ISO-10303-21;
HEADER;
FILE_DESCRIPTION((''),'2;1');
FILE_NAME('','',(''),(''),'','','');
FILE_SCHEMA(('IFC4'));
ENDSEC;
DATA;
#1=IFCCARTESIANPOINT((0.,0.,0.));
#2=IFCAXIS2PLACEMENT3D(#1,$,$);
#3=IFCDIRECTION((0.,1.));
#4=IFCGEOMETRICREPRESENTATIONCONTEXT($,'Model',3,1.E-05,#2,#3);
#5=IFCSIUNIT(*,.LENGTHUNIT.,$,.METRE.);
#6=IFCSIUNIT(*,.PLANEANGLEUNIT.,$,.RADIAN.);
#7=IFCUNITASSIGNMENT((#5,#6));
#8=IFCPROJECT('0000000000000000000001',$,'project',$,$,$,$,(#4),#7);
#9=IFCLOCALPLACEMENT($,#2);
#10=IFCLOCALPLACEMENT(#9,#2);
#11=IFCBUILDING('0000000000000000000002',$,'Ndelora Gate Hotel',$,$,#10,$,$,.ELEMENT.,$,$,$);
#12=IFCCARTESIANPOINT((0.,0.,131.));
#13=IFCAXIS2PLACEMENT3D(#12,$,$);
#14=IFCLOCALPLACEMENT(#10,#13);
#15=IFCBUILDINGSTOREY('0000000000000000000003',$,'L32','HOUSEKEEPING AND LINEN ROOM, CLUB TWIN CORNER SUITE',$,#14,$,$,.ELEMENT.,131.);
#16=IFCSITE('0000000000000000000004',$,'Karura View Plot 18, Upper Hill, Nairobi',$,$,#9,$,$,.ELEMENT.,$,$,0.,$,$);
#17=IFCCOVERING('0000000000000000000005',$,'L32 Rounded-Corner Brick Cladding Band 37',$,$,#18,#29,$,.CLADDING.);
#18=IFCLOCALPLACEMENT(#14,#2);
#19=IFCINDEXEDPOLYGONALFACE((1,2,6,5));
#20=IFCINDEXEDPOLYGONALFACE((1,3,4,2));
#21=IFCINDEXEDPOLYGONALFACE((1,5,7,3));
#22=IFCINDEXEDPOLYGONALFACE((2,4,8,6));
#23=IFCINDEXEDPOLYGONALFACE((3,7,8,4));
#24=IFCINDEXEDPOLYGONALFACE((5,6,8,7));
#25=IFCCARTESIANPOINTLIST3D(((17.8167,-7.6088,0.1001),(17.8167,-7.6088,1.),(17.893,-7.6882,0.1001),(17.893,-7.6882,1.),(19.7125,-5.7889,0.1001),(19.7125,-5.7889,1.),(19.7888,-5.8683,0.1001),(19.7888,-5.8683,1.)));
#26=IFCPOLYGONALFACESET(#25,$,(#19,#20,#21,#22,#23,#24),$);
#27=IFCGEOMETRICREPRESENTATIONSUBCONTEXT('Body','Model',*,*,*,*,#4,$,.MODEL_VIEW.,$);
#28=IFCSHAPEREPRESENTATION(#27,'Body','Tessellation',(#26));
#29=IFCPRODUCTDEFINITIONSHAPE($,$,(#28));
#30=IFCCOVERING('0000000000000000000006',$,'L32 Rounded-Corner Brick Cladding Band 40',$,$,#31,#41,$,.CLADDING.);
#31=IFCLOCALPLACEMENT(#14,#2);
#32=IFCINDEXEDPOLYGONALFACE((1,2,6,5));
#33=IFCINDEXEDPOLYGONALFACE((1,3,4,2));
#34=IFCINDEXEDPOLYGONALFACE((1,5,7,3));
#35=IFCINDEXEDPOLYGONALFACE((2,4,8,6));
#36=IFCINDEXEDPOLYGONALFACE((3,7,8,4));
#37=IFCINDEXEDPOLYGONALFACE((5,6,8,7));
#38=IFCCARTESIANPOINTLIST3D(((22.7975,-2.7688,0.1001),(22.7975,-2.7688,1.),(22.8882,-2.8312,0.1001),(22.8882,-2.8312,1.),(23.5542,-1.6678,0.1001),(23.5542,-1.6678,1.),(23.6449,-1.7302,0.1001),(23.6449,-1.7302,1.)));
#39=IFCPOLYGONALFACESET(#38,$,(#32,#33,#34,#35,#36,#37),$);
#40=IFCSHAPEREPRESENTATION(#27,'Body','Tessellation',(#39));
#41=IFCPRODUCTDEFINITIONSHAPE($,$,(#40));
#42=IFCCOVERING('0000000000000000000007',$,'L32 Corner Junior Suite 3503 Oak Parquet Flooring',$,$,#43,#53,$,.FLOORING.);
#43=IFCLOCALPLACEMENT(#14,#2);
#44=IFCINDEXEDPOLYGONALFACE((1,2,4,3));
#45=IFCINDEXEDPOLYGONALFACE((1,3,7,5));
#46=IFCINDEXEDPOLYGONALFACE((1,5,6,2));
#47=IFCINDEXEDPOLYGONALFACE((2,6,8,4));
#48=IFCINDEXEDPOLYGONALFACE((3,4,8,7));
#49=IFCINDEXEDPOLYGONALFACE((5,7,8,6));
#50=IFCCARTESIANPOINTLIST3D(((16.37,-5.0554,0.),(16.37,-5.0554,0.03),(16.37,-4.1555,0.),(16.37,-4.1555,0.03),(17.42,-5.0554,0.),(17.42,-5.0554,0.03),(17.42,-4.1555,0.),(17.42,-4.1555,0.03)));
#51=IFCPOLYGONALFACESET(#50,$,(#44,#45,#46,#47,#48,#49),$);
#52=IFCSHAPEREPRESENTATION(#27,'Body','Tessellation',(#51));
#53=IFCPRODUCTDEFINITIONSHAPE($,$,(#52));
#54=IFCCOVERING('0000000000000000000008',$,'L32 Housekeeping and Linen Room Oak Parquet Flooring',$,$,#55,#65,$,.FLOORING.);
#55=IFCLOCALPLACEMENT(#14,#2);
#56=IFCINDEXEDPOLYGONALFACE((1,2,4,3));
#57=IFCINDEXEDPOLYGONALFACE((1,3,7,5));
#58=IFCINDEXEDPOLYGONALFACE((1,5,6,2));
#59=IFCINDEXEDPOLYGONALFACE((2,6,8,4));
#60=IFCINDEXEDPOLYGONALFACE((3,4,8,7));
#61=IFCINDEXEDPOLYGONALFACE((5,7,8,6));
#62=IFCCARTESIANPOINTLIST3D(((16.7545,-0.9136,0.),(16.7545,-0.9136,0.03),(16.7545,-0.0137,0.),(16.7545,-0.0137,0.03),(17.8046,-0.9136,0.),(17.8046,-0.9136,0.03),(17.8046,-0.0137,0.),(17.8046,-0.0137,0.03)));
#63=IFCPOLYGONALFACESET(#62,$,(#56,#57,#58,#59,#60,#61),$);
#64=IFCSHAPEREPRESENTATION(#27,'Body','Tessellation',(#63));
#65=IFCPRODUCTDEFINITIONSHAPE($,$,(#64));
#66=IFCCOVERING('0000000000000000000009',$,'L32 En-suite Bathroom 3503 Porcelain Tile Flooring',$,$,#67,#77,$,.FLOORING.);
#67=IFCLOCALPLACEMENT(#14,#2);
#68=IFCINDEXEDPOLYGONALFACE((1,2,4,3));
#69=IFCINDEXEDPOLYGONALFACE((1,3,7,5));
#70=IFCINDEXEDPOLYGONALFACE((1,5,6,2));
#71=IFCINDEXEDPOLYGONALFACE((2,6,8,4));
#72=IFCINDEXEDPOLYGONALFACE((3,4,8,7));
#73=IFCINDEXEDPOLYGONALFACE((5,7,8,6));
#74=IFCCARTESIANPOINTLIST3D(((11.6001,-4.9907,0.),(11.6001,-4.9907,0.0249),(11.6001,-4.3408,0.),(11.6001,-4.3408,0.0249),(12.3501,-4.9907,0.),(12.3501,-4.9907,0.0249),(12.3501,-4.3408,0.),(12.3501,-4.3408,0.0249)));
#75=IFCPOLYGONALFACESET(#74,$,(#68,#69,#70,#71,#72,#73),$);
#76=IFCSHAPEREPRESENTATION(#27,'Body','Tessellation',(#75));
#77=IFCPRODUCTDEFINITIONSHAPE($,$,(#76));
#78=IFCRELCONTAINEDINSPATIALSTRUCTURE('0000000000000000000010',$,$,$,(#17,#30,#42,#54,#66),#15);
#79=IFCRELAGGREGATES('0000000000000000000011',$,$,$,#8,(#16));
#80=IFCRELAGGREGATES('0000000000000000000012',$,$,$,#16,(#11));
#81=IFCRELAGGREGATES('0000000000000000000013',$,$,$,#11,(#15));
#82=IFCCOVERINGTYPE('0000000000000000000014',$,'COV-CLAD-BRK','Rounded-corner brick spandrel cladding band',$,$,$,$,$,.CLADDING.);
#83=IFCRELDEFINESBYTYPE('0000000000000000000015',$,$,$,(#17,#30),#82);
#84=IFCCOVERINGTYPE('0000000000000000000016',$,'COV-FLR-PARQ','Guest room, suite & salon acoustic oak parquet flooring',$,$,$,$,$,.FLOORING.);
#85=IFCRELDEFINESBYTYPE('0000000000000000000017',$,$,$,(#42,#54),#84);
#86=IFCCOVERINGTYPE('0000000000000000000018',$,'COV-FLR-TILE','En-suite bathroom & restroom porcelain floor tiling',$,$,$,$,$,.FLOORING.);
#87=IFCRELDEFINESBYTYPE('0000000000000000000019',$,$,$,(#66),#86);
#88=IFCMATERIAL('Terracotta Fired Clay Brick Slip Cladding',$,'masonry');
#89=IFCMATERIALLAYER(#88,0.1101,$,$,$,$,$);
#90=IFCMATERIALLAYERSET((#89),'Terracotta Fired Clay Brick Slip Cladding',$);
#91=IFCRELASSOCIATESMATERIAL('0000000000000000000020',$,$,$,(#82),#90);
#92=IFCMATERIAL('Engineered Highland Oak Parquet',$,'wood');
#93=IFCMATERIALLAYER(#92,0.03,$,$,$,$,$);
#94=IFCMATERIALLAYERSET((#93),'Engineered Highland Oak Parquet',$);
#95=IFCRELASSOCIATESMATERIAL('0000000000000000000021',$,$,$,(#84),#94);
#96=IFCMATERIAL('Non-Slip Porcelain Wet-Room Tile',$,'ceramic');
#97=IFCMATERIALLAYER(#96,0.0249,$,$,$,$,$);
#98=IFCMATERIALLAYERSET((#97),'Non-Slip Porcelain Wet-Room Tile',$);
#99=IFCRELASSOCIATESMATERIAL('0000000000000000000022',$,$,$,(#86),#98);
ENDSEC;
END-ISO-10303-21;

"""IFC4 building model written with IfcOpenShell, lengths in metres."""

from ifc_helpers import new_model, si_unit, direction, frame, origin, origin_2d, place, context, subcontext, project, spatial, rectangle, extrude, material, layer, layer_set, type_object, element, save


model = new_model("IFC4")

# Units and contexts
model_context = context("Model", 3, precision=1e-05, world=origin(), true_north=direction((0.0, 1.0)))
body_context = subcontext(model_context, "Body", "Model", "MODEL_VIEW")
ifc_project = project(units=[si_unit("LENGTHUNIT", "METRE"), si_unit("PLANEANGLEUNIT", "RADIAN")], contexts=[model_context])

# Site, building, storey
site_placement = place(None, origin())
site = spatial("IfcSite", under=ifc_project, at=site_placement, Name="Karura View Plot 18, Upper Hill, Nairobi", CompositionType="ELEMENT", RefElevation=0.0)
building_placement = place(site_placement, origin())
building = spatial("IfcBuilding", under=site, at=building_placement, Name="Ndelora Gate Hotel", CompositionType="ELEMENT")
storey_placement = place(building_placement, frame((0.0, 0.0, 131.0)))
storey = spatial("IfcBuildingStorey", under=building, at=storey_placement, Name="L32", Description="HOUSEKEEPING AND LINEN ROOM, CLUB TWIN CORNER SUITE", CompositionType="ELEMENT", Elevation=131.0)

# Coverings
ifc_material_1 = material(Name="Terracotta Fired Clay Brick Slip Cladding", Category="masonry")
ifc_layer_1 = layer(ifc_material_1, 0.1101)
ifc_layer_set_1 = layer_set([ifc_layer_1], Name="Terracotta Fired Clay Brick Slip Cladding")
covering_type_1 = type_object("IfcCoveringType", Name="COV-CLAD-BRK", Description="Rounded-corner brick spandrel cladding band", PredefinedType="CLADDING", material=ifc_layer_set_1)
covering_1_placement = place(storey_placement, frame((18.8027, -6.7385, 0.1001), z_axis=(0.0, 0.0, 1.0), x_axis=(0.721398, 0.692521, 0.0)))
element("IfcCovering", 1, at=covering_1_placement, inside=storey, type_object=covering_type_1, Name="L32 Rounded-Corner Brick Cladding Band 37", PredefinedType="CLADDING", context=body_context, shape_type="SweptSolid", body=[
    extrude(rectangle(XDim=2.6279, YDim=0.1101, at=origin_2d()), origin(), (0.0, 0.0, 1.0), 0.8999),
])
covering_2_placement = place(storey_placement, frame((23.2212, -2.2495, 0.1001), z_axis=(0.0, 0.0, 1.0), x_axis=(0.566406, 0.824126, 0.0)))
element("IfcCovering", 2, at=covering_2_placement, inside=storey, type_object=covering_type_1, Name="L32 Rounded-Corner Brick Cladding Band 40", PredefinedType="CLADDING", context=body_context, shape_type="SweptSolid", body=[
    extrude(rectangle(XDim=1.3359, YDim=0.1101, at=origin_2d()), origin(), (0.0, 0.0, 1.0), 0.8999),
])
ifc_material_2 = material(Name="Engineered Highland Oak Parquet", Category="wood")
ifc_layer_2 = layer(ifc_material_2, 0.03)
ifc_layer_set_2 = layer_set([ifc_layer_2], Name="Engineered Highland Oak Parquet")
covering_type_2 = type_object("IfcCoveringType", Name="COV-FLR-PARQ", Description="Guest room, suite & salon acoustic oak parquet flooring", PredefinedType="FLOORING", material=ifc_layer_set_2)
for number, where, z_axis, x_axis, name in (
    (3, (16.895, -4.6055, 0.0), (0.0, 0.0, 1.0), (1.0, 0.0, 0.0), "L32 Corner Junior Suite 3503 Oak Parquet Flooring"),
    (4, (17.2795, -0.4636, 0.0), (0.0, 0.0, 1.0), (1.0, 0.0, 0.0), "L32 Housekeeping and Linen Room Oak Parquet Flooring"),
):
    element("IfcCovering", number, at=place(storey_placement, frame(where, z_axis=z_axis, x_axis=x_axis)), inside=storey, type_object=covering_type_2, Name=name, PredefinedType="FLOORING", context=body_context, shape_type="SweptSolid", body=[
        extrude(rectangle(XDim=1.05, YDim=0.8999, at=origin_2d()), origin(), (0.0, 0.0, 1.0), 0.03),
    ])
ifc_material_3 = material(Name="Non-Slip Porcelain Wet-Room Tile", Category="ceramic")
ifc_layer_3 = layer(ifc_material_3, 0.0249)
ifc_layer_set_3 = layer_set([ifc_layer_3], Name="Non-Slip Porcelain Wet-Room Tile")
covering_type_3 = type_object("IfcCoveringType", Name="COV-FLR-TILE", Description="En-suite bathroom & restroom porcelain floor tiling", PredefinedType="FLOORING", material=ifc_layer_set_3)
covering_3_placement = place(storey_placement, frame((11.9751, -4.6658, 0.0), z_axis=(0.0, 0.0, 1.0), x_axis=(1.0, 0.0, 0.0)))
element("IfcCovering", 5, at=covering_3_placement, inside=storey, type_object=covering_type_3, Name="L32 En-suite Bathroom 3503 Porcelain Tile Flooring", PredefinedType="FLOORING", context=body_context, shape_type="SweptSolid", body=[
    extrude(rectangle(XDim=0.75, YDim=0.6499, at=origin_2d()), origin(), (0.0, 0.0, 1.0), 0.0249),
])

save(model, "model.ifc")
